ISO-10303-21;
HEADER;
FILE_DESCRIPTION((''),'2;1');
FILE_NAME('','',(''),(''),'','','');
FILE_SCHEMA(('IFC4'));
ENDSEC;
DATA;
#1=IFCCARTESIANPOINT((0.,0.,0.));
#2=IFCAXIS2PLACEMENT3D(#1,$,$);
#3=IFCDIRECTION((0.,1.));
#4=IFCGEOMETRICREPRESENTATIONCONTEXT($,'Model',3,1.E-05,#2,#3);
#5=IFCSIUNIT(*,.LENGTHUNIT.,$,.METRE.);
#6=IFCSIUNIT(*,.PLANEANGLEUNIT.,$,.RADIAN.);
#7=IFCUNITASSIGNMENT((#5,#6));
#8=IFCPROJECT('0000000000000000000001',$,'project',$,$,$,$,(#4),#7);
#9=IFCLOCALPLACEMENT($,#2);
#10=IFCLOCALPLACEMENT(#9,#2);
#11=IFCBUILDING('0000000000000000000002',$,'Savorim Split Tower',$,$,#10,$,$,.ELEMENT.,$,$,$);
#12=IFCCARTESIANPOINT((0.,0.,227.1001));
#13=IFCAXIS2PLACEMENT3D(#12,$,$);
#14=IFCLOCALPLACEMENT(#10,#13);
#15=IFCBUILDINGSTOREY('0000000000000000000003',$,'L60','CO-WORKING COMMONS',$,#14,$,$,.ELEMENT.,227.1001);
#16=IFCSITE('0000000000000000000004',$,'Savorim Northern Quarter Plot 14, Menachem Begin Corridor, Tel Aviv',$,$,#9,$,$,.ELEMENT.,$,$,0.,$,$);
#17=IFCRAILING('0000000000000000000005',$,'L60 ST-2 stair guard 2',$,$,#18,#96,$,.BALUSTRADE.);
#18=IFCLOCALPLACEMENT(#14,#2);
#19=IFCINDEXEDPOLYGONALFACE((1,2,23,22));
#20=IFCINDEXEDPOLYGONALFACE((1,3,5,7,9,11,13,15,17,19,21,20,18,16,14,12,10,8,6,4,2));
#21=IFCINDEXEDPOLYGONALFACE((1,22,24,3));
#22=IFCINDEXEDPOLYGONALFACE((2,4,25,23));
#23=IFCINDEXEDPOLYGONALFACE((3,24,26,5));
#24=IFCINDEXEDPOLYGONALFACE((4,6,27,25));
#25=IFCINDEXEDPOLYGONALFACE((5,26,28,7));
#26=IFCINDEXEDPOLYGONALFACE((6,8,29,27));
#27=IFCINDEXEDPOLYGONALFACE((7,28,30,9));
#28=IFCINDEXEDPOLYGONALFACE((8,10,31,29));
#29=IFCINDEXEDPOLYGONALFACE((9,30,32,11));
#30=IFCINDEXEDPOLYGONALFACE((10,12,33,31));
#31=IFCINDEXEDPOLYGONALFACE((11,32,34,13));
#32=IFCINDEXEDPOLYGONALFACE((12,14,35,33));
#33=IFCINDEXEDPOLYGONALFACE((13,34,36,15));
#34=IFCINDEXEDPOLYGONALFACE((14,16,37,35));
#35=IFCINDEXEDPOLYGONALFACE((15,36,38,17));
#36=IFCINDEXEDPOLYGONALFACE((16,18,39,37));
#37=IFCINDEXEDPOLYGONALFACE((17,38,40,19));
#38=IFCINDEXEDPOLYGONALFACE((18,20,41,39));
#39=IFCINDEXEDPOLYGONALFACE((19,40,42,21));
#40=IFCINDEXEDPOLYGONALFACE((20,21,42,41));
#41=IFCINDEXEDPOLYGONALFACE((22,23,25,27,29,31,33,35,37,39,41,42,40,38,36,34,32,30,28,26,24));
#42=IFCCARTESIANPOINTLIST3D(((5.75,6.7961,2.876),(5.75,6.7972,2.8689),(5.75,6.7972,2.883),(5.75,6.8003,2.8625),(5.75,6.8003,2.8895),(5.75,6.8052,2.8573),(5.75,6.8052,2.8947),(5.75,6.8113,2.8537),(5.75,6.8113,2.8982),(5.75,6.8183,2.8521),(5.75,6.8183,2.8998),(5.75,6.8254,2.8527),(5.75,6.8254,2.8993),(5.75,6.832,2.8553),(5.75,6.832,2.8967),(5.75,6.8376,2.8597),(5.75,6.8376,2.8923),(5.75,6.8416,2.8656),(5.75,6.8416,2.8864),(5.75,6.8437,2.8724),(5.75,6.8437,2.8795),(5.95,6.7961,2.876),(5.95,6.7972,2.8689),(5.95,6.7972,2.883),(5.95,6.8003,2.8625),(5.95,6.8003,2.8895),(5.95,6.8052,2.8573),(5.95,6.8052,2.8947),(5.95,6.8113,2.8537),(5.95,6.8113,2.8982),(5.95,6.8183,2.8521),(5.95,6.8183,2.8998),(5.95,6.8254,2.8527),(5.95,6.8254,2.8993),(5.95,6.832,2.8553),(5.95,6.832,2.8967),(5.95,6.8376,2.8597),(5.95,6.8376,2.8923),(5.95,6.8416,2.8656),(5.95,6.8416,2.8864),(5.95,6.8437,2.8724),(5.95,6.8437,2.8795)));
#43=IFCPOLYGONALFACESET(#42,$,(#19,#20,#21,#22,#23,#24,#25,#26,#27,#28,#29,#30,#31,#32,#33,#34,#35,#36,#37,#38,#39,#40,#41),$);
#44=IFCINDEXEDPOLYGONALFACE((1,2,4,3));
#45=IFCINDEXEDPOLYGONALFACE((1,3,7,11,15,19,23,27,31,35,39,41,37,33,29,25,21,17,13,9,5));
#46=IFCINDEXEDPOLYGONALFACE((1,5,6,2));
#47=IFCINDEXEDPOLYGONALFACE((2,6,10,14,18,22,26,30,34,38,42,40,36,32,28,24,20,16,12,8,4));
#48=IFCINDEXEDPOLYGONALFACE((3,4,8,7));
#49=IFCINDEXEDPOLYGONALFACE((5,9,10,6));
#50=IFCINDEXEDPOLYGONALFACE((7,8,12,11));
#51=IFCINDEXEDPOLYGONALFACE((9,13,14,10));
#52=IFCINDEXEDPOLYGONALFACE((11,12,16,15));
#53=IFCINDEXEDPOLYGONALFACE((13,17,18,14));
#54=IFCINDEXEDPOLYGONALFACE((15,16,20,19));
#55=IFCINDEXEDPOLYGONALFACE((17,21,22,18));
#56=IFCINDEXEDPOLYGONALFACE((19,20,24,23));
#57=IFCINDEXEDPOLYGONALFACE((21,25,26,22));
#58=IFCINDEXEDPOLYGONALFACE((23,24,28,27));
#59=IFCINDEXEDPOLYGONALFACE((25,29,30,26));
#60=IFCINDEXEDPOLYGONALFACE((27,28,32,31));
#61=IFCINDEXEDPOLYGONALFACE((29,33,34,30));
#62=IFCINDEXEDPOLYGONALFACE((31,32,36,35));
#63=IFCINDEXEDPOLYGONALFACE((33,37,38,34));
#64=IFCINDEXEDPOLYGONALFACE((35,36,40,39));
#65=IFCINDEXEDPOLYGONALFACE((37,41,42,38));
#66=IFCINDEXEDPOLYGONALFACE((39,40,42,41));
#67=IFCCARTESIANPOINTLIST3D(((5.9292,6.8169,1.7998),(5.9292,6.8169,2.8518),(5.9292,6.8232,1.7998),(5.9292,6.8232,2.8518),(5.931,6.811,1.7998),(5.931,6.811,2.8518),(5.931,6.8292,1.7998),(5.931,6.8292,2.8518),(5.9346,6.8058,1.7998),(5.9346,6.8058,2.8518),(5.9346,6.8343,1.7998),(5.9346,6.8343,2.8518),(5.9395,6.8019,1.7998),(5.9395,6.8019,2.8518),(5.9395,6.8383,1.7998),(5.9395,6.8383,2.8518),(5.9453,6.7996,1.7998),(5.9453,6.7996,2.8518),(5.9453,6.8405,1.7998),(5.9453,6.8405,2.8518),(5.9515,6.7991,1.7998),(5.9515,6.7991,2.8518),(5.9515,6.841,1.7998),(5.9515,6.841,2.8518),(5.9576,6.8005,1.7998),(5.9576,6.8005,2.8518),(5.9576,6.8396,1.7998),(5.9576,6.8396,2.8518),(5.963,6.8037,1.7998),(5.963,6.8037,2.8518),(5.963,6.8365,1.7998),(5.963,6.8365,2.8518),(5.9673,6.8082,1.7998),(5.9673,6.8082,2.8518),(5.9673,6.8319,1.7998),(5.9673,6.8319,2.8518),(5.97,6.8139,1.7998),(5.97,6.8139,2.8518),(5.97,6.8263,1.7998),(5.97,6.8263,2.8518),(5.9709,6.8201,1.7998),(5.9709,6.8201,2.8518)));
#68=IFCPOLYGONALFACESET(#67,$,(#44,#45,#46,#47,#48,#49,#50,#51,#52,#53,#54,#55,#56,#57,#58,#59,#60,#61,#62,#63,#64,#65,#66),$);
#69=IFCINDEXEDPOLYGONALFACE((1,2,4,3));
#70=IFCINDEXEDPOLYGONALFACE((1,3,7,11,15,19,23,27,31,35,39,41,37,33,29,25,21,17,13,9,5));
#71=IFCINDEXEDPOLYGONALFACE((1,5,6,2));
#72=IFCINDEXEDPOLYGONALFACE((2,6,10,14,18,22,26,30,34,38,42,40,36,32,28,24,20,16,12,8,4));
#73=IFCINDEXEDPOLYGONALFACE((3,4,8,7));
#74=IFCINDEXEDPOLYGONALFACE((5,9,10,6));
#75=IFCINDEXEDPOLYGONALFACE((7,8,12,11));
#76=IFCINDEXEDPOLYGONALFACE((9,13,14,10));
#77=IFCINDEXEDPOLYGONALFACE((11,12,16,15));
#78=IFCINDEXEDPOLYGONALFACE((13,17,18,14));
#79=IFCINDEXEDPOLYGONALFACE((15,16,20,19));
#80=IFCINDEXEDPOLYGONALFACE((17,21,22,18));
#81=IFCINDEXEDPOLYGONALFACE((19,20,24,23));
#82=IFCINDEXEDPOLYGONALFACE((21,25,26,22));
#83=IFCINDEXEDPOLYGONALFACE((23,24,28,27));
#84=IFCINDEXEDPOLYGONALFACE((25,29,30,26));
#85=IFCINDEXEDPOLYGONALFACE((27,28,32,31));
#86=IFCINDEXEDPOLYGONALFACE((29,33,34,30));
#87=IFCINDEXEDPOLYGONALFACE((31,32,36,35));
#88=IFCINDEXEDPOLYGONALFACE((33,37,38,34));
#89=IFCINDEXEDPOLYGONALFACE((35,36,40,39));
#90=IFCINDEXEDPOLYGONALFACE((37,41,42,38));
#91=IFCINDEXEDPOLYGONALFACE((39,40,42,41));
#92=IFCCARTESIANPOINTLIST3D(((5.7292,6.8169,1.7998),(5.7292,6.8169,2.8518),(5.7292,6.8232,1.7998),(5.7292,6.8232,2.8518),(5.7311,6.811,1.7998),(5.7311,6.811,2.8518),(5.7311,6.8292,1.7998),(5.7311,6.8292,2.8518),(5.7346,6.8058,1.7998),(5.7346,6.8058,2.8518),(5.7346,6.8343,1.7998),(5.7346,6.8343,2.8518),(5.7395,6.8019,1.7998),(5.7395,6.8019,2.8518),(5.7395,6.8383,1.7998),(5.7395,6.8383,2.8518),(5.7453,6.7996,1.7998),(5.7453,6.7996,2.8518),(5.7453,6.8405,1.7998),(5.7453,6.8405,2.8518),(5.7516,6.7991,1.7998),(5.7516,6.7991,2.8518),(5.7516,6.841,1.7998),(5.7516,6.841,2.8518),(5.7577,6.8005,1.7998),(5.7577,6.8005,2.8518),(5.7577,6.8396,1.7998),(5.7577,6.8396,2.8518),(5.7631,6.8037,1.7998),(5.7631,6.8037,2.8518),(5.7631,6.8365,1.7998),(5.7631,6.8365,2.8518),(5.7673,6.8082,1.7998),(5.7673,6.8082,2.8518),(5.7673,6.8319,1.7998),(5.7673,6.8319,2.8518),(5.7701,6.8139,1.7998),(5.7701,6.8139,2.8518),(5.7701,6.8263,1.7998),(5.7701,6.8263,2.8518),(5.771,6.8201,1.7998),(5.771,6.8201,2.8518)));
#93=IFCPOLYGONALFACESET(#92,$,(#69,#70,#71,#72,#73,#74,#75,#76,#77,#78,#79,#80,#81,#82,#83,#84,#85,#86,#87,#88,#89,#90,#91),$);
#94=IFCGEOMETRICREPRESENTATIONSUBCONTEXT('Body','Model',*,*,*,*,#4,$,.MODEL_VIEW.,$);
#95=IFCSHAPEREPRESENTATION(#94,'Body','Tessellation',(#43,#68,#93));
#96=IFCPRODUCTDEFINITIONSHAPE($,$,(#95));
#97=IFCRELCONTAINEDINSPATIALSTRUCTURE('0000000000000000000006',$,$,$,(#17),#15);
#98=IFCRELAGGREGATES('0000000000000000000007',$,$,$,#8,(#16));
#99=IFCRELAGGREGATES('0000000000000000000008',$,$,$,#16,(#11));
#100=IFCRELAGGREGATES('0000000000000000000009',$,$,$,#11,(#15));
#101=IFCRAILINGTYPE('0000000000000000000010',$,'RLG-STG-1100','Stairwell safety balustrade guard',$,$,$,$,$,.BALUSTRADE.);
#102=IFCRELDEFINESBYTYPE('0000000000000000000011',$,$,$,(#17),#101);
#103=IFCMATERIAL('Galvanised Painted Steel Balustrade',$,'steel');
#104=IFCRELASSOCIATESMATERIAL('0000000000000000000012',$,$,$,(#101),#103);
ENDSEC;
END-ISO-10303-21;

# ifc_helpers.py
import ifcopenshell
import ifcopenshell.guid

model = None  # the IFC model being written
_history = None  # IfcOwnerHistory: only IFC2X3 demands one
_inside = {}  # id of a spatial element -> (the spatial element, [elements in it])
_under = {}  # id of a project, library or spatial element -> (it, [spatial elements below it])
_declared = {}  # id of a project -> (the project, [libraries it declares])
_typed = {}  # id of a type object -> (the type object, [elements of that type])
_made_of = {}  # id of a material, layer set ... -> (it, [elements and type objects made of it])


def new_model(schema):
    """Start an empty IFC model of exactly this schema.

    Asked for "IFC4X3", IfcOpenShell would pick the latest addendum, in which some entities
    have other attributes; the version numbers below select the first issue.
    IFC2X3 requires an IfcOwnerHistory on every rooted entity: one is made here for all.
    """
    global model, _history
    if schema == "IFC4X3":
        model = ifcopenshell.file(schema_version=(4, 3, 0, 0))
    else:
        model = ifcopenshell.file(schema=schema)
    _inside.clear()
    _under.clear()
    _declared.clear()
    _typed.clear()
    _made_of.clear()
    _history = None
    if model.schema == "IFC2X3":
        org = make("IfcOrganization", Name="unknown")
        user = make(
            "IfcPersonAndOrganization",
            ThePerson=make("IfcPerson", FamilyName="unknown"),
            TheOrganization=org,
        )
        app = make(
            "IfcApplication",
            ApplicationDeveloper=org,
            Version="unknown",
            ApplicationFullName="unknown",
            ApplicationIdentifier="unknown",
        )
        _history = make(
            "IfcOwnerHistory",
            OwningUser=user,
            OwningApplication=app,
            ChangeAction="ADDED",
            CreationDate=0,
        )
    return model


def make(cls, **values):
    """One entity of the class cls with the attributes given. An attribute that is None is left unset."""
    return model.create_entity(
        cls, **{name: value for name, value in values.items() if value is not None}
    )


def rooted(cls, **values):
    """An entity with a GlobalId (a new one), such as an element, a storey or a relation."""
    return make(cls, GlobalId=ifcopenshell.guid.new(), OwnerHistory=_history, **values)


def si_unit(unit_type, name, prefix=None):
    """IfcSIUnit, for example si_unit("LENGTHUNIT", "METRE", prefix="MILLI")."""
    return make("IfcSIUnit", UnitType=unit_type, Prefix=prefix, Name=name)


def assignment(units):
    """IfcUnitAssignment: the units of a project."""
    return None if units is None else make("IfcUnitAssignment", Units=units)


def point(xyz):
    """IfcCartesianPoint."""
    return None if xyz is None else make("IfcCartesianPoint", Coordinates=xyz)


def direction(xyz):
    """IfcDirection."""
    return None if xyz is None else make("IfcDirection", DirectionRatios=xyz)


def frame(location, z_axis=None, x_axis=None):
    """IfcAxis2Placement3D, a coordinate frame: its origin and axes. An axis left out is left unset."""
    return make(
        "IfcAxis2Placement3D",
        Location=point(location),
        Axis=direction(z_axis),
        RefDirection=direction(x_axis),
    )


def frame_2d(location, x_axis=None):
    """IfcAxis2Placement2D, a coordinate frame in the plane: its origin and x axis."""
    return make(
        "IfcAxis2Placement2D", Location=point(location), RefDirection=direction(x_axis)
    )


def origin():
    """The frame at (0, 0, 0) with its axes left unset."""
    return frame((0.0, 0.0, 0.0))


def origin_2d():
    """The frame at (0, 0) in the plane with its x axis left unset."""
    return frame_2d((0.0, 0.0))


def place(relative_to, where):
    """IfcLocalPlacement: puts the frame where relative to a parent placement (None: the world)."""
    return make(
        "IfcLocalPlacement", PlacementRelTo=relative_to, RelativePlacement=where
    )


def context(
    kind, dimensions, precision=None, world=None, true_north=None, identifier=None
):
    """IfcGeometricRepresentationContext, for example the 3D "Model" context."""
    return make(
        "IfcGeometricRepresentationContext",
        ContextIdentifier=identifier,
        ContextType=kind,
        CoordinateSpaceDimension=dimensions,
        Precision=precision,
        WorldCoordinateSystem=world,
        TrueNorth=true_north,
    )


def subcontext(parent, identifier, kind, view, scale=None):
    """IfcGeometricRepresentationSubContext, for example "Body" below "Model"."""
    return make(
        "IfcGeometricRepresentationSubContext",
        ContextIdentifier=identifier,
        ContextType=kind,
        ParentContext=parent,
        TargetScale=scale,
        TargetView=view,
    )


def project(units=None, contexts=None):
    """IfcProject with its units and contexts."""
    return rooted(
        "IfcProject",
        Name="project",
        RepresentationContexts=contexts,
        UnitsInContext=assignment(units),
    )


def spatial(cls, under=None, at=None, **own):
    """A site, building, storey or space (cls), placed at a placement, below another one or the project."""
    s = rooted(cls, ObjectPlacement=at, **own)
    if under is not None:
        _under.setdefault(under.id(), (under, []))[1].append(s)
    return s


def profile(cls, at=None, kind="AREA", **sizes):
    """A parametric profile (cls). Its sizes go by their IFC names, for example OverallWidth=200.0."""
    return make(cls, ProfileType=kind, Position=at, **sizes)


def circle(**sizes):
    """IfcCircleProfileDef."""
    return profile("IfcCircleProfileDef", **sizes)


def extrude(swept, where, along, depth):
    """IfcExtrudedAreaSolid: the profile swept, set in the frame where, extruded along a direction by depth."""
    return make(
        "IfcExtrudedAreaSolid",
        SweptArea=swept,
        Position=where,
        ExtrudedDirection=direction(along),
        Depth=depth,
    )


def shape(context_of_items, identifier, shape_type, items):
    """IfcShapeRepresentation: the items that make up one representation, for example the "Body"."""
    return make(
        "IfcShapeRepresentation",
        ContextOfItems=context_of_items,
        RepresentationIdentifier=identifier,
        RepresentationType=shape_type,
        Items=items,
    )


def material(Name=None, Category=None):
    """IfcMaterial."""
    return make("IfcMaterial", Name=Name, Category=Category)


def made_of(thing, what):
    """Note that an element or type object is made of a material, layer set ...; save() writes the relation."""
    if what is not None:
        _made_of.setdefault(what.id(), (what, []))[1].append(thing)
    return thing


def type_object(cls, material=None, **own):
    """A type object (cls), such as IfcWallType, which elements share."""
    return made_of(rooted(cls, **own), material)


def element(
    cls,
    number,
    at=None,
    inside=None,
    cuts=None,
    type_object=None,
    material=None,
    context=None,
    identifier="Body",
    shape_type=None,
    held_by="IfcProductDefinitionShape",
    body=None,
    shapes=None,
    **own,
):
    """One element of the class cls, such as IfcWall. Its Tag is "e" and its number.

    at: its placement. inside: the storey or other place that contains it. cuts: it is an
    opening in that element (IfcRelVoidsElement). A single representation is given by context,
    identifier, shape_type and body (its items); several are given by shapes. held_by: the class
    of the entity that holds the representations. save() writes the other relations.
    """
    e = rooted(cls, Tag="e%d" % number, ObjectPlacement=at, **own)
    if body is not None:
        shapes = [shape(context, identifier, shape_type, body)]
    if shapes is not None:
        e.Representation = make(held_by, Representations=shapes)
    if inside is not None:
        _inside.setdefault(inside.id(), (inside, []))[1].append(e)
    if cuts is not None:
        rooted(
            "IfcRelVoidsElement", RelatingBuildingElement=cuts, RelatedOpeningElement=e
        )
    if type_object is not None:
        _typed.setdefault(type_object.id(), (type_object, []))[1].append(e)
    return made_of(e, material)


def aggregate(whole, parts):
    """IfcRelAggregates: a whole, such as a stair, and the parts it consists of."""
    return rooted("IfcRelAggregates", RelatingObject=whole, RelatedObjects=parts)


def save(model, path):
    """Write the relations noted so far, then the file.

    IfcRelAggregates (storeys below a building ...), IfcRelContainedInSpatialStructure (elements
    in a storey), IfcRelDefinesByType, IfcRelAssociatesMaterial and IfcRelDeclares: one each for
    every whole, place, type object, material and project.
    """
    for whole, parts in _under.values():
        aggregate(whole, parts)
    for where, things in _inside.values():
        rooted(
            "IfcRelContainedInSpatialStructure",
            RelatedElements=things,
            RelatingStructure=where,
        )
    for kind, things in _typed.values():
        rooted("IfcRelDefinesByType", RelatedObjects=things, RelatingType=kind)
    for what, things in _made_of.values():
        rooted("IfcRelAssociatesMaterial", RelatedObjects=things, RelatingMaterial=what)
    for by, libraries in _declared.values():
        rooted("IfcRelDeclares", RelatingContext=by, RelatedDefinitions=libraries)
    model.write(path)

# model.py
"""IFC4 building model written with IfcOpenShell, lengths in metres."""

from ifc_helpers import new_model, si_unit, direction, frame, origin, origin_2d, place, context, subcontext, project, spatial, circle, extrude, material, type_object, element, save


model = new_model("IFC4")

# Units and contexts
model_context = context("Model", 3, precision=1e-05, world=origin(), true_north=direction((0.0, 1.0)))
body_context = subcontext(model_context, "Body", "Model", "MODEL_VIEW")
ifc_project = project(units=[si_unit("LENGTHUNIT", "METRE"), si_unit("PLANEANGLEUNIT", "RADIAN")], contexts=[model_context])

# Site, building, storey
site_placement = place(None, origin())
site = spatial("IfcSite", under=ifc_project, at=site_placement, Name="Savorim Northern Quarter Plot 14, Menachem Begin Corridor, Tel Aviv", CompositionType="ELEMENT", RefElevation=0.0)
building_placement = place(site_placement, origin())
building = spatial("IfcBuilding", under=site, at=building_placement, Name="Savorim Split Tower", CompositionType="ELEMENT")
storey_placement = place(building_placement, frame((0.0, 0.0, 227.1001)))
storey = spatial("IfcBuildingStorey", under=building, at=storey_placement, Name="L60", Description="CO-WORKING COMMONS", CompositionType="ELEMENT", Elevation=227.1001)

# Railing
ifc_material_1 = material(Name="Galvanised Painted Steel Balustrade", Category="steel")
railing_type_1 = type_object("IfcRailingType", Name="RLG-STG-1100", Description="Stairwell safety balustrade guard", PredefinedType="BALUSTRADE", material=ifc_material_1)
railing_1_placement = place(storey_placement, frame((5.95, 6.8201, 1.7998)))
element("IfcRailing", 1, at=railing_1_placement, inside=storey, type_object=railing_type_1, Name="L60 ST-2 stair guard 2", PredefinedType="BALUSTRADE", context=body_context, shape_type="SweptSolid", body=[
    extrude(circle(Radius=0.0239, at=origin_2d()), frame((0.0, 0.0, 1.0762), z_axis=(-1.0, 0.0, 0.0), x_axis=(0.0, -1.0, 0.0)), (0.0, 0.0, 1.0), 0.2),
    extrude(circle(Radius=0.021, at=origin_2d()), origin(), (0.0, 0.0, 1.0), 1.052),
    extrude(circle(Radius=0.021, at=origin_2d()), frame((-0.2, 0.0, 0.0)), (0.0, 0.0, 1.0), 1.052),
])

save(model, "model.ifc")
